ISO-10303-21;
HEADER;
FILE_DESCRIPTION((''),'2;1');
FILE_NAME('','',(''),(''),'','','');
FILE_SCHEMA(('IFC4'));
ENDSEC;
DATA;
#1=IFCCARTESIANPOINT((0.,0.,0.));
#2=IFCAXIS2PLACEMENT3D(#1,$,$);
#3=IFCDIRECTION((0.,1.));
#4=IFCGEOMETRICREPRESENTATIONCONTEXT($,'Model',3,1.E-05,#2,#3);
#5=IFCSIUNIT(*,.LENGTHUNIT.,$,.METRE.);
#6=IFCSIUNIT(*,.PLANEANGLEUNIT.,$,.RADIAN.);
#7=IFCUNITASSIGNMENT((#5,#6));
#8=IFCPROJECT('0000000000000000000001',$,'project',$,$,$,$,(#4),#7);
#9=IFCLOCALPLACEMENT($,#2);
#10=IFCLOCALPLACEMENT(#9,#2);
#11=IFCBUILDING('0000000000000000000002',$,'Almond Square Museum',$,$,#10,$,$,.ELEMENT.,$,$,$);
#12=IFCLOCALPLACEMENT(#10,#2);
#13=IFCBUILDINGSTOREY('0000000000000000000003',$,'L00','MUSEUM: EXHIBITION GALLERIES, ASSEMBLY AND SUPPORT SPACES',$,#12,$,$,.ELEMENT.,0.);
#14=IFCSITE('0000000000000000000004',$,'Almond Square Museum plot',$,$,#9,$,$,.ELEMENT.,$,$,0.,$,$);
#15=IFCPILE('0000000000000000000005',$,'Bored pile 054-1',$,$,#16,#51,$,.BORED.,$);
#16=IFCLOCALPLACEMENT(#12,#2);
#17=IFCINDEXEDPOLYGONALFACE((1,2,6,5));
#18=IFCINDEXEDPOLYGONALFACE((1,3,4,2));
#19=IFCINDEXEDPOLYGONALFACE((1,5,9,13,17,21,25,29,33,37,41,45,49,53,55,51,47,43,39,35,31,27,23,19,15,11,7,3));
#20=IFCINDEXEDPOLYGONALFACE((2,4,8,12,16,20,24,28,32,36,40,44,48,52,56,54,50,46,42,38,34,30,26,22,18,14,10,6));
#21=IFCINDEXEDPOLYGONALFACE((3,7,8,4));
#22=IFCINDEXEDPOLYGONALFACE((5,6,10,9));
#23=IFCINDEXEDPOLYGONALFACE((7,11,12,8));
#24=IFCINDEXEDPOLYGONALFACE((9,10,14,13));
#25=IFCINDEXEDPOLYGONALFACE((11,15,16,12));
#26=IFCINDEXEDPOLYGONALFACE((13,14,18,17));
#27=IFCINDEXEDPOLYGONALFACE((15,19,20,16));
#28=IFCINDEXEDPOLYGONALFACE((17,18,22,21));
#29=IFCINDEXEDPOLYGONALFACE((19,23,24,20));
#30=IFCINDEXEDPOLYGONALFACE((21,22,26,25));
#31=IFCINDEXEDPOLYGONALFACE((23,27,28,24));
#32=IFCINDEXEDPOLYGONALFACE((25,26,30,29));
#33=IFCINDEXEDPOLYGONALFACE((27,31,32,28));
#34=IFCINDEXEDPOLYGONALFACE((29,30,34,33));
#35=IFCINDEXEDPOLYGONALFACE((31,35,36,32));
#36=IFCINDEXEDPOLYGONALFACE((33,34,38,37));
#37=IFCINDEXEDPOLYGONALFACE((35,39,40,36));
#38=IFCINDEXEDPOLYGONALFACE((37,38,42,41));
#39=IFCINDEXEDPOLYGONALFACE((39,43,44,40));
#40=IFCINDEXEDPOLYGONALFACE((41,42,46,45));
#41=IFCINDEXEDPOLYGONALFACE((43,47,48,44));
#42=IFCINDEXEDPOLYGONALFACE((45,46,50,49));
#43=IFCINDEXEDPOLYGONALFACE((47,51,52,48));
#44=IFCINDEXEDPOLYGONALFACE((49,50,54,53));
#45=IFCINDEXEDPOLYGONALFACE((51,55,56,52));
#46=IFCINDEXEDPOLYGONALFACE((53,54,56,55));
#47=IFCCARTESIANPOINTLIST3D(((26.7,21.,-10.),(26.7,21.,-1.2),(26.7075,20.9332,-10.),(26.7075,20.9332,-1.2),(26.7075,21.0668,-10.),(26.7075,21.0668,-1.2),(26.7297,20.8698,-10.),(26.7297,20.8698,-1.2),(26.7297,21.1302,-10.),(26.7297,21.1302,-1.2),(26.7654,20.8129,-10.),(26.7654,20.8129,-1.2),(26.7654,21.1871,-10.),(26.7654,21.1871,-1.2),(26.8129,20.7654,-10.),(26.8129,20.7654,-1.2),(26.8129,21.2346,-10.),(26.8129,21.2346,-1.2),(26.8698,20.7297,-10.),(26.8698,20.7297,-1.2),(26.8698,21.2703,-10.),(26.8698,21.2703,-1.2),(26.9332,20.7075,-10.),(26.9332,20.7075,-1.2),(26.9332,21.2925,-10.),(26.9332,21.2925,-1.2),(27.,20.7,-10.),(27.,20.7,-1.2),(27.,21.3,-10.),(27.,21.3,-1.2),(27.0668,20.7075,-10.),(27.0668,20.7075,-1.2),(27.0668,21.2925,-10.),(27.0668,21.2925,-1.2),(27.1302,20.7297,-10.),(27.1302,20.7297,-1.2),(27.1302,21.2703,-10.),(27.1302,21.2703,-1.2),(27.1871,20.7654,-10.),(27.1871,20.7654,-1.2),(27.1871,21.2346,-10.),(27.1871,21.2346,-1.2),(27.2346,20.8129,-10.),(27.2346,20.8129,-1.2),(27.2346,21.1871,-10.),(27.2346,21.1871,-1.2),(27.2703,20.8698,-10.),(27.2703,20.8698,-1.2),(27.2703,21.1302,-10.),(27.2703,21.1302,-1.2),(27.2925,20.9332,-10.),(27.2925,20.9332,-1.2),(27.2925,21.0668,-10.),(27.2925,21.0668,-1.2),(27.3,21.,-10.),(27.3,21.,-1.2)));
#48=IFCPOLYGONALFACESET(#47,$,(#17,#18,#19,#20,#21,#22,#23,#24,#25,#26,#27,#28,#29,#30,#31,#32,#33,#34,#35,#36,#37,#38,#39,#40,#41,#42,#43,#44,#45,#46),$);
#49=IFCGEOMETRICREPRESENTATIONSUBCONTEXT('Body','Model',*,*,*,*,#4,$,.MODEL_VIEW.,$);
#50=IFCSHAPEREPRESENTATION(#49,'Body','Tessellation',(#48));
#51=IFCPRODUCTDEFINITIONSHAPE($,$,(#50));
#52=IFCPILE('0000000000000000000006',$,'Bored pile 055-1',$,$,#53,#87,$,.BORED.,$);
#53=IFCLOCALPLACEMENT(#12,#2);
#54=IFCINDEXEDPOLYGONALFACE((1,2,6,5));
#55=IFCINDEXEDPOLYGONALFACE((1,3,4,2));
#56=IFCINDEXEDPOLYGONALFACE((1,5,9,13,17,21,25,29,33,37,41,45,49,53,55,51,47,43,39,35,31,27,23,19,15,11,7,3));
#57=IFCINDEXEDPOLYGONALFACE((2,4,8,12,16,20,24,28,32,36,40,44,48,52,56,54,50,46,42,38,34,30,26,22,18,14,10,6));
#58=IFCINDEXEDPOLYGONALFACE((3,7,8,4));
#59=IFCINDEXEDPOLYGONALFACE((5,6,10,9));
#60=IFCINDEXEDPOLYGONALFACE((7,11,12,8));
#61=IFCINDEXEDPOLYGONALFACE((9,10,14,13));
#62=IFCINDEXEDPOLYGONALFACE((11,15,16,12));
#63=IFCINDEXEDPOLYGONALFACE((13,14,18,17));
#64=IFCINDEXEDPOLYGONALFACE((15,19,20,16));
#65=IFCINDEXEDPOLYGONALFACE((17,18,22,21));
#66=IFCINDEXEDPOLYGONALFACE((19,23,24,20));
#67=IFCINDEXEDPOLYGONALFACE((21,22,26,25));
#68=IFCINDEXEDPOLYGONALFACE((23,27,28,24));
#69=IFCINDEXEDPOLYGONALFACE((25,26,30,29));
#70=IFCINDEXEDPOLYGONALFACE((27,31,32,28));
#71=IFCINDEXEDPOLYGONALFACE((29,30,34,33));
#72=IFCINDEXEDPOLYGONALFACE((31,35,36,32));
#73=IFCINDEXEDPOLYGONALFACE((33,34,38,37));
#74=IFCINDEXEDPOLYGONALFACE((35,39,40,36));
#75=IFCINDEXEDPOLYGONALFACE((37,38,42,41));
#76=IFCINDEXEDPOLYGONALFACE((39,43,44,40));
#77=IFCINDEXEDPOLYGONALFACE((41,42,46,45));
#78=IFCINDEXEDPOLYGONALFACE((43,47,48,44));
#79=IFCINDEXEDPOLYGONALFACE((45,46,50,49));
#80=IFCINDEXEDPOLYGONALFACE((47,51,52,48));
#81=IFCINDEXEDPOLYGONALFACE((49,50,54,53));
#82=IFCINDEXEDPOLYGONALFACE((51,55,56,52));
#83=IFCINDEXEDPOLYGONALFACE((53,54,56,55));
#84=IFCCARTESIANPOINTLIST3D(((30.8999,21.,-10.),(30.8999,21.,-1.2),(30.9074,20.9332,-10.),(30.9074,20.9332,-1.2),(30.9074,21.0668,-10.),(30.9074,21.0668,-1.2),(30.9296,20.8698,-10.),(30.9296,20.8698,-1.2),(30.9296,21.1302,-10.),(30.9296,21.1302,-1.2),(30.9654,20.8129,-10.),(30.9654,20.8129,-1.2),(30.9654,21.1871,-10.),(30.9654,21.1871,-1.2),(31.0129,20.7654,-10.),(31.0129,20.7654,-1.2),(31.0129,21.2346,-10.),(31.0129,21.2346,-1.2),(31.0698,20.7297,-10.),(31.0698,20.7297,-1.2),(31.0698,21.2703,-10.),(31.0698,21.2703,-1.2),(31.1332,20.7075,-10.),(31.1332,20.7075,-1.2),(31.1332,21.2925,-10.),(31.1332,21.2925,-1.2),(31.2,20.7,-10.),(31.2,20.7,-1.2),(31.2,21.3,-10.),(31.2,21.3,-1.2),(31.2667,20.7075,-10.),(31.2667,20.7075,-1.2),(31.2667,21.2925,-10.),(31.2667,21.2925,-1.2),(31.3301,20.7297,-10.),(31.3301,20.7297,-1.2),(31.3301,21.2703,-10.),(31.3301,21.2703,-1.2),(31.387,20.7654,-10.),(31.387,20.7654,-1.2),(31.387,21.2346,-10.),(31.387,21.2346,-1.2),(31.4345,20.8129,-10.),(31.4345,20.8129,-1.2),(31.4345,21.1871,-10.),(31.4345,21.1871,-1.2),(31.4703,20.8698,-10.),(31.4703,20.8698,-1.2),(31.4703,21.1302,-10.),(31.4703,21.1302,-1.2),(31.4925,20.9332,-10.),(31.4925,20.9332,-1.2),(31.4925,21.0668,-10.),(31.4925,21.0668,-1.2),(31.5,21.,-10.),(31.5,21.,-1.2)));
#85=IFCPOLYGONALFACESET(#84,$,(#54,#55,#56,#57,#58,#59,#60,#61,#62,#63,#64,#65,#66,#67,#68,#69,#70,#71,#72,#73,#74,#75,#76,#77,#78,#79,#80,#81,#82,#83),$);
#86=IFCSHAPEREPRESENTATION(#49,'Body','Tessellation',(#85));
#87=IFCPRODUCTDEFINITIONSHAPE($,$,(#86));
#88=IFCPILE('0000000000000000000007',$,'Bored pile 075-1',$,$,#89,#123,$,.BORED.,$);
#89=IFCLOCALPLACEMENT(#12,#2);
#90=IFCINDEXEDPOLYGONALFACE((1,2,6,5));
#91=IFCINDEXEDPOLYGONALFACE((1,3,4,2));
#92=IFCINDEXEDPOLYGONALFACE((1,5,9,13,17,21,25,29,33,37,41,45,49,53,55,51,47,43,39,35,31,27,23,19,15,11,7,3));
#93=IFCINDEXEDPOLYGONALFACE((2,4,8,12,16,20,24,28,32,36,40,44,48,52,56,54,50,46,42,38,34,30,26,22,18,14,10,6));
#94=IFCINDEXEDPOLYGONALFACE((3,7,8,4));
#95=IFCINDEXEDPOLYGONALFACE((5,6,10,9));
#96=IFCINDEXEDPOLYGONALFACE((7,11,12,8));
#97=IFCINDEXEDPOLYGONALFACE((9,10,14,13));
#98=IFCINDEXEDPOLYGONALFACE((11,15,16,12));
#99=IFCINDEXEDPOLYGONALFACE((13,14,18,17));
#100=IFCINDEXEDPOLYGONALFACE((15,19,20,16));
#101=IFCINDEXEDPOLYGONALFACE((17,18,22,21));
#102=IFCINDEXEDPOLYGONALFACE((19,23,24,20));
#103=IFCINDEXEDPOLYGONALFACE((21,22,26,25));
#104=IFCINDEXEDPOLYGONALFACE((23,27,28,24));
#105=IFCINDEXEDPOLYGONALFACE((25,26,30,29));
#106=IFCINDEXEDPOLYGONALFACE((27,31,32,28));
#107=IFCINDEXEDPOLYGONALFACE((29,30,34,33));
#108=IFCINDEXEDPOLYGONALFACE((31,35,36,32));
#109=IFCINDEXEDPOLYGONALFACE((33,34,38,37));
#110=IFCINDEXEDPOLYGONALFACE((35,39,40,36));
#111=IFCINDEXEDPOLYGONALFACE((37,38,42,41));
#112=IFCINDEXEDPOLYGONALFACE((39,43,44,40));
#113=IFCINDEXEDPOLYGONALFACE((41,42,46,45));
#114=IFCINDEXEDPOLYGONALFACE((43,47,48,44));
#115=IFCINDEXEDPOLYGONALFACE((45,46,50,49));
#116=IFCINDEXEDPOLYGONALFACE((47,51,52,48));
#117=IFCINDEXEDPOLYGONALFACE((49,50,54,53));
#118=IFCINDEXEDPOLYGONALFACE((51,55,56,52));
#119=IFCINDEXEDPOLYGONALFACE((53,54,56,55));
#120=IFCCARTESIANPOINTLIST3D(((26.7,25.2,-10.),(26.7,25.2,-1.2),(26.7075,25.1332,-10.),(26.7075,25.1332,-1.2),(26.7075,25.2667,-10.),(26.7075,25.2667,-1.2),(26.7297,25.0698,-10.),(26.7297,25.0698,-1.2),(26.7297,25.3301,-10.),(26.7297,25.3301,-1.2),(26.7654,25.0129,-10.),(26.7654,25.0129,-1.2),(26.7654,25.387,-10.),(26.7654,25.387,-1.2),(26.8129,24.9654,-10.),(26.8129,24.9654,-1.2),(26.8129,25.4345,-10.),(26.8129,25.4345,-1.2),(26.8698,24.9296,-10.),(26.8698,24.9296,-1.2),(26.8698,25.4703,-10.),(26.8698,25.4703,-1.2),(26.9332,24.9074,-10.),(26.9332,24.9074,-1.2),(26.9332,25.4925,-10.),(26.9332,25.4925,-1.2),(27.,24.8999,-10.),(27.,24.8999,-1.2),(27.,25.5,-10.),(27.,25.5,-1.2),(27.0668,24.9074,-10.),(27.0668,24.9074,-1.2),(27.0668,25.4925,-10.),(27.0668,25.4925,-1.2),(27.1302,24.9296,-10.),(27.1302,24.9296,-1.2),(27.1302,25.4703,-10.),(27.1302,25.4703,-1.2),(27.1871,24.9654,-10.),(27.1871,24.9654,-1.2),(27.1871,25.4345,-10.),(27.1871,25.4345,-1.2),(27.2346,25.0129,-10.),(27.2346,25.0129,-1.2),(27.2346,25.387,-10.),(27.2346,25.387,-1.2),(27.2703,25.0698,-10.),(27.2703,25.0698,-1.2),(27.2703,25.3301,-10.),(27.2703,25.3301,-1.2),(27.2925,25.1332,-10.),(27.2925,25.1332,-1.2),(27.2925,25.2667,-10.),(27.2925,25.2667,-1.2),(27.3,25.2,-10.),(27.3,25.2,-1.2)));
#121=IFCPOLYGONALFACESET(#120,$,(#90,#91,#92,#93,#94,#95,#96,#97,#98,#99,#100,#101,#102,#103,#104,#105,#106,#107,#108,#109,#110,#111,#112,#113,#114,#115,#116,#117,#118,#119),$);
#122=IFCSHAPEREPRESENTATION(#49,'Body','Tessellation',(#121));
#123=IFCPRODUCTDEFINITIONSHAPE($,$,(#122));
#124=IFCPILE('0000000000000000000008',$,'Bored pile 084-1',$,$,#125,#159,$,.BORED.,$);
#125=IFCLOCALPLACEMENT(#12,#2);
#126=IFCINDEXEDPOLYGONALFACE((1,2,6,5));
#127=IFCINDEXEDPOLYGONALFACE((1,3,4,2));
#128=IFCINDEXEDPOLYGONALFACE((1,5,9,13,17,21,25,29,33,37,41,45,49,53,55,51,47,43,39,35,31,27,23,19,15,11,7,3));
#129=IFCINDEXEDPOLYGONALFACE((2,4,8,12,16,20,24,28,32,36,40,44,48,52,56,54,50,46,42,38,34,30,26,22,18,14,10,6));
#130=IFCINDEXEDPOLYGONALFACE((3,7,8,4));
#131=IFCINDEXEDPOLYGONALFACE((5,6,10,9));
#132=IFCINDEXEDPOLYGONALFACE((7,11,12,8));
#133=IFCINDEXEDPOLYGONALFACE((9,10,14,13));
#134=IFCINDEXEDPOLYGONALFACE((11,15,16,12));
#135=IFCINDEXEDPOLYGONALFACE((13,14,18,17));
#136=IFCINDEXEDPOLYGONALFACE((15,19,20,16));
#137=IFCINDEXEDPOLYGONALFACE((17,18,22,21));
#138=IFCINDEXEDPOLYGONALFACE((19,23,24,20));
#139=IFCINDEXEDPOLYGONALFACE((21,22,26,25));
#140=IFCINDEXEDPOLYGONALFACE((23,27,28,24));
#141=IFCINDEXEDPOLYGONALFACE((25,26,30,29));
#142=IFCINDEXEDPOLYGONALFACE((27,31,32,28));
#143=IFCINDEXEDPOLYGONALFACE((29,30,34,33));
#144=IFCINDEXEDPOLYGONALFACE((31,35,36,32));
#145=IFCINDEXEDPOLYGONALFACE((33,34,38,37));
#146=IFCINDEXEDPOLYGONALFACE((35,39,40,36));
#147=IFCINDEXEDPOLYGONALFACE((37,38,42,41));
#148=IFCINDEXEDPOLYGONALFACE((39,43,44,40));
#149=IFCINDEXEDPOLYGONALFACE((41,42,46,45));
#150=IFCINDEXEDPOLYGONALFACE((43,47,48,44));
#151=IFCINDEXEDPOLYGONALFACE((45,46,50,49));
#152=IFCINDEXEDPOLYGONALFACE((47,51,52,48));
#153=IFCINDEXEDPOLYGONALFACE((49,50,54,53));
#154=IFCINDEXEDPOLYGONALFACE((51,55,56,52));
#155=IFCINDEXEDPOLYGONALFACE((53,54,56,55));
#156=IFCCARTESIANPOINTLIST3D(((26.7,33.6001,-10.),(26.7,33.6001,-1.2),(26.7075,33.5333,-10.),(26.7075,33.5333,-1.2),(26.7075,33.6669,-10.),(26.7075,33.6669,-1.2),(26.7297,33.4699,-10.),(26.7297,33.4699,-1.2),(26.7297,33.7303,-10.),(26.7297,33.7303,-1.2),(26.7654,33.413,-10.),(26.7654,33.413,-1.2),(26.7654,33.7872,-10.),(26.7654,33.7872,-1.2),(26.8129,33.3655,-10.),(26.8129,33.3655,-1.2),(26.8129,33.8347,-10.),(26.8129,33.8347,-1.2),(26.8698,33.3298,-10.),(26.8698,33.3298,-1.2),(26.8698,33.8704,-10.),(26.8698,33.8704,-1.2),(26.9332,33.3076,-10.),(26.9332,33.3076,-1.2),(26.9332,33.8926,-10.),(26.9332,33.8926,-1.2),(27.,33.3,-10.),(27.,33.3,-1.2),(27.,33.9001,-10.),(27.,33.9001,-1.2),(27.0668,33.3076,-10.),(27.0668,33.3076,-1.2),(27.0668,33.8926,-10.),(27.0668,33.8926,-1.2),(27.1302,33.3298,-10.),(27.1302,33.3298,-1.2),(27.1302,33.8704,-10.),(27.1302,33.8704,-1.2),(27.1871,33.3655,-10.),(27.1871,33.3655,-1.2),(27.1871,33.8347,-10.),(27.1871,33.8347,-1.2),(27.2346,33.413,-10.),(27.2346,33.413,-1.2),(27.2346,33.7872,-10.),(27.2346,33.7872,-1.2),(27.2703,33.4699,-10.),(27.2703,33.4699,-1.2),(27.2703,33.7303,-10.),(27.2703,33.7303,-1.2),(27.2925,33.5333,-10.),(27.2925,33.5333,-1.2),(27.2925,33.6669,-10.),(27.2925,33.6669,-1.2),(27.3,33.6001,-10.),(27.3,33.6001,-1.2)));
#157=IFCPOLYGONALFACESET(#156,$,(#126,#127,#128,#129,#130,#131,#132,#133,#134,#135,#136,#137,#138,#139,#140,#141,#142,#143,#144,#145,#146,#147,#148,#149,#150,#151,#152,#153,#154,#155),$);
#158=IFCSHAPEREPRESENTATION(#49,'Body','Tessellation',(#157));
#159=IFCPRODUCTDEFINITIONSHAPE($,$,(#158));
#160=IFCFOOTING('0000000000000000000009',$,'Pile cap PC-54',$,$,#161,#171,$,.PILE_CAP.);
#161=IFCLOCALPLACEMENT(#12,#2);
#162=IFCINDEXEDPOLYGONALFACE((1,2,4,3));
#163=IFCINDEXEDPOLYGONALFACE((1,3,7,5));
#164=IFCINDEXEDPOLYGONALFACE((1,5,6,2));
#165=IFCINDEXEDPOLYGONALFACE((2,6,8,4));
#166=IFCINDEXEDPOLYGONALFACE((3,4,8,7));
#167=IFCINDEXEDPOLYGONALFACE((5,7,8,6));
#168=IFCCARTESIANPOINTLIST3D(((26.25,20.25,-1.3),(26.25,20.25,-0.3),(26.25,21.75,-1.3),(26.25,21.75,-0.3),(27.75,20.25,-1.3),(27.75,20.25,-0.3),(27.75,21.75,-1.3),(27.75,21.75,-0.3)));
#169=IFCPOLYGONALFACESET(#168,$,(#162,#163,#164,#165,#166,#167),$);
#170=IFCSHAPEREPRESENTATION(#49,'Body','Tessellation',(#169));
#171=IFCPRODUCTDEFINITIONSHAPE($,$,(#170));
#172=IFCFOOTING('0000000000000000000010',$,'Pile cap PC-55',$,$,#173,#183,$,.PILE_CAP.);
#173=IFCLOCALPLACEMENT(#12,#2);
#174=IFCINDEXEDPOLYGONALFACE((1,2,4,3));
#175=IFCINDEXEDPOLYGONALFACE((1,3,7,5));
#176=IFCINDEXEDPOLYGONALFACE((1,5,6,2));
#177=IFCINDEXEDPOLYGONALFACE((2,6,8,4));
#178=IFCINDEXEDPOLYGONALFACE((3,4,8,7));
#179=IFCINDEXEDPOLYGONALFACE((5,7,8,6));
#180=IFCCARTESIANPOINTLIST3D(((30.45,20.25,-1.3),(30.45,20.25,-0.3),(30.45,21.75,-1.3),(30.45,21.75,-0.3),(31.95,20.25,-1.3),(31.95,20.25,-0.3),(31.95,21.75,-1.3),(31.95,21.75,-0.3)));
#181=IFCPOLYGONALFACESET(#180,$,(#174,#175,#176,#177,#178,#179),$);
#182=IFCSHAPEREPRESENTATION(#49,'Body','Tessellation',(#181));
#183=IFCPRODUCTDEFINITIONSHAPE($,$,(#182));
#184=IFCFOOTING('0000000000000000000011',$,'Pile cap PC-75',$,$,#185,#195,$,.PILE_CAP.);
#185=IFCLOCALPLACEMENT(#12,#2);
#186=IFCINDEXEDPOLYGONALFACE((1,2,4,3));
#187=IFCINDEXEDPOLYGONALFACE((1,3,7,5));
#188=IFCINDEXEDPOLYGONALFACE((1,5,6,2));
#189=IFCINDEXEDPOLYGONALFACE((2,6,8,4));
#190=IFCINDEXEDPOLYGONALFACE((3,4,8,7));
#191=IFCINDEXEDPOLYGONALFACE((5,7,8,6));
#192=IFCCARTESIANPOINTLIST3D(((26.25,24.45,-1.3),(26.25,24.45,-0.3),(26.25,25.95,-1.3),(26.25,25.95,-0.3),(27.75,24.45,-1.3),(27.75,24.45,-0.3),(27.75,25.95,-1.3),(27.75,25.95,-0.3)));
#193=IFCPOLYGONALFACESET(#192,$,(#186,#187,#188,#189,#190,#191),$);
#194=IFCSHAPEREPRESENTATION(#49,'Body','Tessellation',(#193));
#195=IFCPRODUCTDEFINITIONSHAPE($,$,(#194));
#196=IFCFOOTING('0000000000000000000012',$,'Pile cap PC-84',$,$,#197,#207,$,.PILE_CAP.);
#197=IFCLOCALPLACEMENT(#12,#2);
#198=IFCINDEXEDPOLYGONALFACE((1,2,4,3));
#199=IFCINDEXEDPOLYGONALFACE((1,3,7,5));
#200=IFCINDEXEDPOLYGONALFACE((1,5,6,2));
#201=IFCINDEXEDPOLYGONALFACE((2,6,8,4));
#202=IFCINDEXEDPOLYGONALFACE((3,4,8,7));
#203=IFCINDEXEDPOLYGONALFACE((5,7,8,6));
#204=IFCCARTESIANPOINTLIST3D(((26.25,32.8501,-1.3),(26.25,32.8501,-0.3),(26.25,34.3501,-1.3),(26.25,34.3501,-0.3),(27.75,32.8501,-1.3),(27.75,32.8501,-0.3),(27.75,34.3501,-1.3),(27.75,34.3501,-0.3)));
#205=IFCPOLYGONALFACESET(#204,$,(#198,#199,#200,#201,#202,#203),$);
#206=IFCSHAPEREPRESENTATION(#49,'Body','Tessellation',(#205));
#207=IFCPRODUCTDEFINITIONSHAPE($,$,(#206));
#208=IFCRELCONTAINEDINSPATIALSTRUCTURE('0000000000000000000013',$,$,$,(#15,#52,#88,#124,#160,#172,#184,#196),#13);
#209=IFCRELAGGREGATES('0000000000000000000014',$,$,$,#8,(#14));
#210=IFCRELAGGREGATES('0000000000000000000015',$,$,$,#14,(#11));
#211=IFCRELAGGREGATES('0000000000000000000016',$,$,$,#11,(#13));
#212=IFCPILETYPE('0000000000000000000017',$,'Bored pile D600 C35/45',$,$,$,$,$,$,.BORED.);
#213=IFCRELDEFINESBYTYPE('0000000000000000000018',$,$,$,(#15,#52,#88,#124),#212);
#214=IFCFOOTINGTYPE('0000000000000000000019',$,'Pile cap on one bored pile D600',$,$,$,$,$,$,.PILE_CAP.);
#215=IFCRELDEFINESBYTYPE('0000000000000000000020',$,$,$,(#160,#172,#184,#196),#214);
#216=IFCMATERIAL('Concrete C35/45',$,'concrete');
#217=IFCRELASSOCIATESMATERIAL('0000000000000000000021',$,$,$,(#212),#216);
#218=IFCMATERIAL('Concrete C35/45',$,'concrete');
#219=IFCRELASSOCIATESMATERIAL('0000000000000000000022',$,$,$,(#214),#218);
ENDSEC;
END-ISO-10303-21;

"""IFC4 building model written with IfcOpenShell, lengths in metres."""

from ifc_helpers import new_model, si_unit, direction, frame, origin, origin_2d, place, context, subcontext, project, spatial, rectangle, circle, extrude, material, material_profile, profile_set, type_object, element, save


model = new_model("IFC4")

# Units and contexts
model_context = context("Model", 3, precision=1e-05, world=origin(), true_north=direction((0.0, 1.0)))
body_context = subcontext(model_context, "Body", "Model", "MODEL_VIEW")
ifc_project = project(units=[si_unit("LENGTHUNIT", "METRE"), si_unit("PLANEANGLEUNIT", "RADIAN")], contexts=[model_context])

# Site, building, storey
site_placement = place(None, origin())
site = spatial("IfcSite", under=ifc_project, at=site_placement, Name="Almond Square Museum plot", CompositionType="ELEMENT", RefElevation=0.0)
building_placement = place(site_placement, origin())
building = spatial("IfcBuilding", under=site, at=building_placement, Name="Almond Square Museum", CompositionType="ELEMENT")
storey_placement = place(building_placement, origin())
storey = spatial("IfcBuildingStorey", under=building, at=storey_placement, Name="L00", Description="MUSEUM: EXHIBITION GALLERIES, ASSEMBLY AND SUPPORT SPACES", CompositionType="ELEMENT", Elevation=0.0)

# Piles
ifc_material_1 = material(Name="Concrete C35/45", Category="concrete")
ifc_material_profile_1 = material_profile(ifc_material_1, circle(Radius=0.3, at=origin_2d()))
ifc_profile_set_1 = profile_set([ifc_material_profile_1], Name="Concrete C35/45")
pile_type = type_object("IfcPileType", Name="Bored pile D600 C35/45", PredefinedType="BORED", material=ifc_profile_set_1)
for number, where, z_axis, x_axis, name in (
    (1, (27.0, 21.0, -1.2), (0.0, 0.0, -1.0), (1.0, 0.0, 0.0), "Bored pile 054-1"),
    (2, (31.2, 21.0, -1.2), (0.0, 0.0, -1.0), (1.0, 0.0, 0.0), "Bored pile 055-1"),
    (3, (27.0, 25.2, -1.2), (0.0, 0.0, -1.0), (1.0, 0.0, 0.0), "Bored pile 075-1"),
    (4, (27.0, 33.6001, -1.2), (0.0, 0.0, -1.0), (1.0, 0.0, 0.0), "Bored pile 084-1"),
):
    element("IfcPile", number, at=place(storey_placement, frame(where, z_axis=z_axis, x_axis=x_axis)), inside=storey, type_object=pile_type, Name=name, PredefinedType="BORED", context=body_context, shape_type="SweptSolid", body=[
        extrude(circle(Radius=0.3, at=origin_2d()), origin(), (0.0, 0.0, 1.0), 8.8),
    ])

# Footings
ifc_material_2 = material(Name="Concrete C35/45", Category="concrete")
footing_type = type_object("IfcFootingType", Name="Pile cap on one bored pile D600", PredefinedType="PILE_CAP", material=ifc_material_2)
for number, where, z_axis, x_axis, name in (
    (5, (27.0, 21.0, -1.3), (0.0, 0.0, 1.0), (1.0, 0.0, 0.0), "Pile cap PC-54"),
    (6, (31.2, 21.0, -1.3), (0.0, 0.0, 1.0), (1.0, 0.0, 0.0), "Pile cap PC-55"),
    (7, (27.0, 25.2, -1.3), (0.0, 0.0, 1.0), (1.0, 0.0, 0.0), "Pile cap PC-75"),
    (8, (27.0, 33.6001, -1.3), (0.0, 0.0, 1.0), (1.0, 0.0, 0.0), "Pile cap PC-84"),
):
    element("IfcFooting", number, at=place(storey_placement, frame(where, z_axis=z_axis, x_axis=x_axis)), inside=storey, type_object=footing_type, Name=name, PredefinedType="PILE_CAP", context=body_context, shape_type="SweptSolid", body=[
        extrude(rectangle(XDim=1.5, YDim=1.5, at=origin_2d()), origin(), (0.0, 0.0, 1.0), 1.0),
    ])

save(model, "model.ifc")
